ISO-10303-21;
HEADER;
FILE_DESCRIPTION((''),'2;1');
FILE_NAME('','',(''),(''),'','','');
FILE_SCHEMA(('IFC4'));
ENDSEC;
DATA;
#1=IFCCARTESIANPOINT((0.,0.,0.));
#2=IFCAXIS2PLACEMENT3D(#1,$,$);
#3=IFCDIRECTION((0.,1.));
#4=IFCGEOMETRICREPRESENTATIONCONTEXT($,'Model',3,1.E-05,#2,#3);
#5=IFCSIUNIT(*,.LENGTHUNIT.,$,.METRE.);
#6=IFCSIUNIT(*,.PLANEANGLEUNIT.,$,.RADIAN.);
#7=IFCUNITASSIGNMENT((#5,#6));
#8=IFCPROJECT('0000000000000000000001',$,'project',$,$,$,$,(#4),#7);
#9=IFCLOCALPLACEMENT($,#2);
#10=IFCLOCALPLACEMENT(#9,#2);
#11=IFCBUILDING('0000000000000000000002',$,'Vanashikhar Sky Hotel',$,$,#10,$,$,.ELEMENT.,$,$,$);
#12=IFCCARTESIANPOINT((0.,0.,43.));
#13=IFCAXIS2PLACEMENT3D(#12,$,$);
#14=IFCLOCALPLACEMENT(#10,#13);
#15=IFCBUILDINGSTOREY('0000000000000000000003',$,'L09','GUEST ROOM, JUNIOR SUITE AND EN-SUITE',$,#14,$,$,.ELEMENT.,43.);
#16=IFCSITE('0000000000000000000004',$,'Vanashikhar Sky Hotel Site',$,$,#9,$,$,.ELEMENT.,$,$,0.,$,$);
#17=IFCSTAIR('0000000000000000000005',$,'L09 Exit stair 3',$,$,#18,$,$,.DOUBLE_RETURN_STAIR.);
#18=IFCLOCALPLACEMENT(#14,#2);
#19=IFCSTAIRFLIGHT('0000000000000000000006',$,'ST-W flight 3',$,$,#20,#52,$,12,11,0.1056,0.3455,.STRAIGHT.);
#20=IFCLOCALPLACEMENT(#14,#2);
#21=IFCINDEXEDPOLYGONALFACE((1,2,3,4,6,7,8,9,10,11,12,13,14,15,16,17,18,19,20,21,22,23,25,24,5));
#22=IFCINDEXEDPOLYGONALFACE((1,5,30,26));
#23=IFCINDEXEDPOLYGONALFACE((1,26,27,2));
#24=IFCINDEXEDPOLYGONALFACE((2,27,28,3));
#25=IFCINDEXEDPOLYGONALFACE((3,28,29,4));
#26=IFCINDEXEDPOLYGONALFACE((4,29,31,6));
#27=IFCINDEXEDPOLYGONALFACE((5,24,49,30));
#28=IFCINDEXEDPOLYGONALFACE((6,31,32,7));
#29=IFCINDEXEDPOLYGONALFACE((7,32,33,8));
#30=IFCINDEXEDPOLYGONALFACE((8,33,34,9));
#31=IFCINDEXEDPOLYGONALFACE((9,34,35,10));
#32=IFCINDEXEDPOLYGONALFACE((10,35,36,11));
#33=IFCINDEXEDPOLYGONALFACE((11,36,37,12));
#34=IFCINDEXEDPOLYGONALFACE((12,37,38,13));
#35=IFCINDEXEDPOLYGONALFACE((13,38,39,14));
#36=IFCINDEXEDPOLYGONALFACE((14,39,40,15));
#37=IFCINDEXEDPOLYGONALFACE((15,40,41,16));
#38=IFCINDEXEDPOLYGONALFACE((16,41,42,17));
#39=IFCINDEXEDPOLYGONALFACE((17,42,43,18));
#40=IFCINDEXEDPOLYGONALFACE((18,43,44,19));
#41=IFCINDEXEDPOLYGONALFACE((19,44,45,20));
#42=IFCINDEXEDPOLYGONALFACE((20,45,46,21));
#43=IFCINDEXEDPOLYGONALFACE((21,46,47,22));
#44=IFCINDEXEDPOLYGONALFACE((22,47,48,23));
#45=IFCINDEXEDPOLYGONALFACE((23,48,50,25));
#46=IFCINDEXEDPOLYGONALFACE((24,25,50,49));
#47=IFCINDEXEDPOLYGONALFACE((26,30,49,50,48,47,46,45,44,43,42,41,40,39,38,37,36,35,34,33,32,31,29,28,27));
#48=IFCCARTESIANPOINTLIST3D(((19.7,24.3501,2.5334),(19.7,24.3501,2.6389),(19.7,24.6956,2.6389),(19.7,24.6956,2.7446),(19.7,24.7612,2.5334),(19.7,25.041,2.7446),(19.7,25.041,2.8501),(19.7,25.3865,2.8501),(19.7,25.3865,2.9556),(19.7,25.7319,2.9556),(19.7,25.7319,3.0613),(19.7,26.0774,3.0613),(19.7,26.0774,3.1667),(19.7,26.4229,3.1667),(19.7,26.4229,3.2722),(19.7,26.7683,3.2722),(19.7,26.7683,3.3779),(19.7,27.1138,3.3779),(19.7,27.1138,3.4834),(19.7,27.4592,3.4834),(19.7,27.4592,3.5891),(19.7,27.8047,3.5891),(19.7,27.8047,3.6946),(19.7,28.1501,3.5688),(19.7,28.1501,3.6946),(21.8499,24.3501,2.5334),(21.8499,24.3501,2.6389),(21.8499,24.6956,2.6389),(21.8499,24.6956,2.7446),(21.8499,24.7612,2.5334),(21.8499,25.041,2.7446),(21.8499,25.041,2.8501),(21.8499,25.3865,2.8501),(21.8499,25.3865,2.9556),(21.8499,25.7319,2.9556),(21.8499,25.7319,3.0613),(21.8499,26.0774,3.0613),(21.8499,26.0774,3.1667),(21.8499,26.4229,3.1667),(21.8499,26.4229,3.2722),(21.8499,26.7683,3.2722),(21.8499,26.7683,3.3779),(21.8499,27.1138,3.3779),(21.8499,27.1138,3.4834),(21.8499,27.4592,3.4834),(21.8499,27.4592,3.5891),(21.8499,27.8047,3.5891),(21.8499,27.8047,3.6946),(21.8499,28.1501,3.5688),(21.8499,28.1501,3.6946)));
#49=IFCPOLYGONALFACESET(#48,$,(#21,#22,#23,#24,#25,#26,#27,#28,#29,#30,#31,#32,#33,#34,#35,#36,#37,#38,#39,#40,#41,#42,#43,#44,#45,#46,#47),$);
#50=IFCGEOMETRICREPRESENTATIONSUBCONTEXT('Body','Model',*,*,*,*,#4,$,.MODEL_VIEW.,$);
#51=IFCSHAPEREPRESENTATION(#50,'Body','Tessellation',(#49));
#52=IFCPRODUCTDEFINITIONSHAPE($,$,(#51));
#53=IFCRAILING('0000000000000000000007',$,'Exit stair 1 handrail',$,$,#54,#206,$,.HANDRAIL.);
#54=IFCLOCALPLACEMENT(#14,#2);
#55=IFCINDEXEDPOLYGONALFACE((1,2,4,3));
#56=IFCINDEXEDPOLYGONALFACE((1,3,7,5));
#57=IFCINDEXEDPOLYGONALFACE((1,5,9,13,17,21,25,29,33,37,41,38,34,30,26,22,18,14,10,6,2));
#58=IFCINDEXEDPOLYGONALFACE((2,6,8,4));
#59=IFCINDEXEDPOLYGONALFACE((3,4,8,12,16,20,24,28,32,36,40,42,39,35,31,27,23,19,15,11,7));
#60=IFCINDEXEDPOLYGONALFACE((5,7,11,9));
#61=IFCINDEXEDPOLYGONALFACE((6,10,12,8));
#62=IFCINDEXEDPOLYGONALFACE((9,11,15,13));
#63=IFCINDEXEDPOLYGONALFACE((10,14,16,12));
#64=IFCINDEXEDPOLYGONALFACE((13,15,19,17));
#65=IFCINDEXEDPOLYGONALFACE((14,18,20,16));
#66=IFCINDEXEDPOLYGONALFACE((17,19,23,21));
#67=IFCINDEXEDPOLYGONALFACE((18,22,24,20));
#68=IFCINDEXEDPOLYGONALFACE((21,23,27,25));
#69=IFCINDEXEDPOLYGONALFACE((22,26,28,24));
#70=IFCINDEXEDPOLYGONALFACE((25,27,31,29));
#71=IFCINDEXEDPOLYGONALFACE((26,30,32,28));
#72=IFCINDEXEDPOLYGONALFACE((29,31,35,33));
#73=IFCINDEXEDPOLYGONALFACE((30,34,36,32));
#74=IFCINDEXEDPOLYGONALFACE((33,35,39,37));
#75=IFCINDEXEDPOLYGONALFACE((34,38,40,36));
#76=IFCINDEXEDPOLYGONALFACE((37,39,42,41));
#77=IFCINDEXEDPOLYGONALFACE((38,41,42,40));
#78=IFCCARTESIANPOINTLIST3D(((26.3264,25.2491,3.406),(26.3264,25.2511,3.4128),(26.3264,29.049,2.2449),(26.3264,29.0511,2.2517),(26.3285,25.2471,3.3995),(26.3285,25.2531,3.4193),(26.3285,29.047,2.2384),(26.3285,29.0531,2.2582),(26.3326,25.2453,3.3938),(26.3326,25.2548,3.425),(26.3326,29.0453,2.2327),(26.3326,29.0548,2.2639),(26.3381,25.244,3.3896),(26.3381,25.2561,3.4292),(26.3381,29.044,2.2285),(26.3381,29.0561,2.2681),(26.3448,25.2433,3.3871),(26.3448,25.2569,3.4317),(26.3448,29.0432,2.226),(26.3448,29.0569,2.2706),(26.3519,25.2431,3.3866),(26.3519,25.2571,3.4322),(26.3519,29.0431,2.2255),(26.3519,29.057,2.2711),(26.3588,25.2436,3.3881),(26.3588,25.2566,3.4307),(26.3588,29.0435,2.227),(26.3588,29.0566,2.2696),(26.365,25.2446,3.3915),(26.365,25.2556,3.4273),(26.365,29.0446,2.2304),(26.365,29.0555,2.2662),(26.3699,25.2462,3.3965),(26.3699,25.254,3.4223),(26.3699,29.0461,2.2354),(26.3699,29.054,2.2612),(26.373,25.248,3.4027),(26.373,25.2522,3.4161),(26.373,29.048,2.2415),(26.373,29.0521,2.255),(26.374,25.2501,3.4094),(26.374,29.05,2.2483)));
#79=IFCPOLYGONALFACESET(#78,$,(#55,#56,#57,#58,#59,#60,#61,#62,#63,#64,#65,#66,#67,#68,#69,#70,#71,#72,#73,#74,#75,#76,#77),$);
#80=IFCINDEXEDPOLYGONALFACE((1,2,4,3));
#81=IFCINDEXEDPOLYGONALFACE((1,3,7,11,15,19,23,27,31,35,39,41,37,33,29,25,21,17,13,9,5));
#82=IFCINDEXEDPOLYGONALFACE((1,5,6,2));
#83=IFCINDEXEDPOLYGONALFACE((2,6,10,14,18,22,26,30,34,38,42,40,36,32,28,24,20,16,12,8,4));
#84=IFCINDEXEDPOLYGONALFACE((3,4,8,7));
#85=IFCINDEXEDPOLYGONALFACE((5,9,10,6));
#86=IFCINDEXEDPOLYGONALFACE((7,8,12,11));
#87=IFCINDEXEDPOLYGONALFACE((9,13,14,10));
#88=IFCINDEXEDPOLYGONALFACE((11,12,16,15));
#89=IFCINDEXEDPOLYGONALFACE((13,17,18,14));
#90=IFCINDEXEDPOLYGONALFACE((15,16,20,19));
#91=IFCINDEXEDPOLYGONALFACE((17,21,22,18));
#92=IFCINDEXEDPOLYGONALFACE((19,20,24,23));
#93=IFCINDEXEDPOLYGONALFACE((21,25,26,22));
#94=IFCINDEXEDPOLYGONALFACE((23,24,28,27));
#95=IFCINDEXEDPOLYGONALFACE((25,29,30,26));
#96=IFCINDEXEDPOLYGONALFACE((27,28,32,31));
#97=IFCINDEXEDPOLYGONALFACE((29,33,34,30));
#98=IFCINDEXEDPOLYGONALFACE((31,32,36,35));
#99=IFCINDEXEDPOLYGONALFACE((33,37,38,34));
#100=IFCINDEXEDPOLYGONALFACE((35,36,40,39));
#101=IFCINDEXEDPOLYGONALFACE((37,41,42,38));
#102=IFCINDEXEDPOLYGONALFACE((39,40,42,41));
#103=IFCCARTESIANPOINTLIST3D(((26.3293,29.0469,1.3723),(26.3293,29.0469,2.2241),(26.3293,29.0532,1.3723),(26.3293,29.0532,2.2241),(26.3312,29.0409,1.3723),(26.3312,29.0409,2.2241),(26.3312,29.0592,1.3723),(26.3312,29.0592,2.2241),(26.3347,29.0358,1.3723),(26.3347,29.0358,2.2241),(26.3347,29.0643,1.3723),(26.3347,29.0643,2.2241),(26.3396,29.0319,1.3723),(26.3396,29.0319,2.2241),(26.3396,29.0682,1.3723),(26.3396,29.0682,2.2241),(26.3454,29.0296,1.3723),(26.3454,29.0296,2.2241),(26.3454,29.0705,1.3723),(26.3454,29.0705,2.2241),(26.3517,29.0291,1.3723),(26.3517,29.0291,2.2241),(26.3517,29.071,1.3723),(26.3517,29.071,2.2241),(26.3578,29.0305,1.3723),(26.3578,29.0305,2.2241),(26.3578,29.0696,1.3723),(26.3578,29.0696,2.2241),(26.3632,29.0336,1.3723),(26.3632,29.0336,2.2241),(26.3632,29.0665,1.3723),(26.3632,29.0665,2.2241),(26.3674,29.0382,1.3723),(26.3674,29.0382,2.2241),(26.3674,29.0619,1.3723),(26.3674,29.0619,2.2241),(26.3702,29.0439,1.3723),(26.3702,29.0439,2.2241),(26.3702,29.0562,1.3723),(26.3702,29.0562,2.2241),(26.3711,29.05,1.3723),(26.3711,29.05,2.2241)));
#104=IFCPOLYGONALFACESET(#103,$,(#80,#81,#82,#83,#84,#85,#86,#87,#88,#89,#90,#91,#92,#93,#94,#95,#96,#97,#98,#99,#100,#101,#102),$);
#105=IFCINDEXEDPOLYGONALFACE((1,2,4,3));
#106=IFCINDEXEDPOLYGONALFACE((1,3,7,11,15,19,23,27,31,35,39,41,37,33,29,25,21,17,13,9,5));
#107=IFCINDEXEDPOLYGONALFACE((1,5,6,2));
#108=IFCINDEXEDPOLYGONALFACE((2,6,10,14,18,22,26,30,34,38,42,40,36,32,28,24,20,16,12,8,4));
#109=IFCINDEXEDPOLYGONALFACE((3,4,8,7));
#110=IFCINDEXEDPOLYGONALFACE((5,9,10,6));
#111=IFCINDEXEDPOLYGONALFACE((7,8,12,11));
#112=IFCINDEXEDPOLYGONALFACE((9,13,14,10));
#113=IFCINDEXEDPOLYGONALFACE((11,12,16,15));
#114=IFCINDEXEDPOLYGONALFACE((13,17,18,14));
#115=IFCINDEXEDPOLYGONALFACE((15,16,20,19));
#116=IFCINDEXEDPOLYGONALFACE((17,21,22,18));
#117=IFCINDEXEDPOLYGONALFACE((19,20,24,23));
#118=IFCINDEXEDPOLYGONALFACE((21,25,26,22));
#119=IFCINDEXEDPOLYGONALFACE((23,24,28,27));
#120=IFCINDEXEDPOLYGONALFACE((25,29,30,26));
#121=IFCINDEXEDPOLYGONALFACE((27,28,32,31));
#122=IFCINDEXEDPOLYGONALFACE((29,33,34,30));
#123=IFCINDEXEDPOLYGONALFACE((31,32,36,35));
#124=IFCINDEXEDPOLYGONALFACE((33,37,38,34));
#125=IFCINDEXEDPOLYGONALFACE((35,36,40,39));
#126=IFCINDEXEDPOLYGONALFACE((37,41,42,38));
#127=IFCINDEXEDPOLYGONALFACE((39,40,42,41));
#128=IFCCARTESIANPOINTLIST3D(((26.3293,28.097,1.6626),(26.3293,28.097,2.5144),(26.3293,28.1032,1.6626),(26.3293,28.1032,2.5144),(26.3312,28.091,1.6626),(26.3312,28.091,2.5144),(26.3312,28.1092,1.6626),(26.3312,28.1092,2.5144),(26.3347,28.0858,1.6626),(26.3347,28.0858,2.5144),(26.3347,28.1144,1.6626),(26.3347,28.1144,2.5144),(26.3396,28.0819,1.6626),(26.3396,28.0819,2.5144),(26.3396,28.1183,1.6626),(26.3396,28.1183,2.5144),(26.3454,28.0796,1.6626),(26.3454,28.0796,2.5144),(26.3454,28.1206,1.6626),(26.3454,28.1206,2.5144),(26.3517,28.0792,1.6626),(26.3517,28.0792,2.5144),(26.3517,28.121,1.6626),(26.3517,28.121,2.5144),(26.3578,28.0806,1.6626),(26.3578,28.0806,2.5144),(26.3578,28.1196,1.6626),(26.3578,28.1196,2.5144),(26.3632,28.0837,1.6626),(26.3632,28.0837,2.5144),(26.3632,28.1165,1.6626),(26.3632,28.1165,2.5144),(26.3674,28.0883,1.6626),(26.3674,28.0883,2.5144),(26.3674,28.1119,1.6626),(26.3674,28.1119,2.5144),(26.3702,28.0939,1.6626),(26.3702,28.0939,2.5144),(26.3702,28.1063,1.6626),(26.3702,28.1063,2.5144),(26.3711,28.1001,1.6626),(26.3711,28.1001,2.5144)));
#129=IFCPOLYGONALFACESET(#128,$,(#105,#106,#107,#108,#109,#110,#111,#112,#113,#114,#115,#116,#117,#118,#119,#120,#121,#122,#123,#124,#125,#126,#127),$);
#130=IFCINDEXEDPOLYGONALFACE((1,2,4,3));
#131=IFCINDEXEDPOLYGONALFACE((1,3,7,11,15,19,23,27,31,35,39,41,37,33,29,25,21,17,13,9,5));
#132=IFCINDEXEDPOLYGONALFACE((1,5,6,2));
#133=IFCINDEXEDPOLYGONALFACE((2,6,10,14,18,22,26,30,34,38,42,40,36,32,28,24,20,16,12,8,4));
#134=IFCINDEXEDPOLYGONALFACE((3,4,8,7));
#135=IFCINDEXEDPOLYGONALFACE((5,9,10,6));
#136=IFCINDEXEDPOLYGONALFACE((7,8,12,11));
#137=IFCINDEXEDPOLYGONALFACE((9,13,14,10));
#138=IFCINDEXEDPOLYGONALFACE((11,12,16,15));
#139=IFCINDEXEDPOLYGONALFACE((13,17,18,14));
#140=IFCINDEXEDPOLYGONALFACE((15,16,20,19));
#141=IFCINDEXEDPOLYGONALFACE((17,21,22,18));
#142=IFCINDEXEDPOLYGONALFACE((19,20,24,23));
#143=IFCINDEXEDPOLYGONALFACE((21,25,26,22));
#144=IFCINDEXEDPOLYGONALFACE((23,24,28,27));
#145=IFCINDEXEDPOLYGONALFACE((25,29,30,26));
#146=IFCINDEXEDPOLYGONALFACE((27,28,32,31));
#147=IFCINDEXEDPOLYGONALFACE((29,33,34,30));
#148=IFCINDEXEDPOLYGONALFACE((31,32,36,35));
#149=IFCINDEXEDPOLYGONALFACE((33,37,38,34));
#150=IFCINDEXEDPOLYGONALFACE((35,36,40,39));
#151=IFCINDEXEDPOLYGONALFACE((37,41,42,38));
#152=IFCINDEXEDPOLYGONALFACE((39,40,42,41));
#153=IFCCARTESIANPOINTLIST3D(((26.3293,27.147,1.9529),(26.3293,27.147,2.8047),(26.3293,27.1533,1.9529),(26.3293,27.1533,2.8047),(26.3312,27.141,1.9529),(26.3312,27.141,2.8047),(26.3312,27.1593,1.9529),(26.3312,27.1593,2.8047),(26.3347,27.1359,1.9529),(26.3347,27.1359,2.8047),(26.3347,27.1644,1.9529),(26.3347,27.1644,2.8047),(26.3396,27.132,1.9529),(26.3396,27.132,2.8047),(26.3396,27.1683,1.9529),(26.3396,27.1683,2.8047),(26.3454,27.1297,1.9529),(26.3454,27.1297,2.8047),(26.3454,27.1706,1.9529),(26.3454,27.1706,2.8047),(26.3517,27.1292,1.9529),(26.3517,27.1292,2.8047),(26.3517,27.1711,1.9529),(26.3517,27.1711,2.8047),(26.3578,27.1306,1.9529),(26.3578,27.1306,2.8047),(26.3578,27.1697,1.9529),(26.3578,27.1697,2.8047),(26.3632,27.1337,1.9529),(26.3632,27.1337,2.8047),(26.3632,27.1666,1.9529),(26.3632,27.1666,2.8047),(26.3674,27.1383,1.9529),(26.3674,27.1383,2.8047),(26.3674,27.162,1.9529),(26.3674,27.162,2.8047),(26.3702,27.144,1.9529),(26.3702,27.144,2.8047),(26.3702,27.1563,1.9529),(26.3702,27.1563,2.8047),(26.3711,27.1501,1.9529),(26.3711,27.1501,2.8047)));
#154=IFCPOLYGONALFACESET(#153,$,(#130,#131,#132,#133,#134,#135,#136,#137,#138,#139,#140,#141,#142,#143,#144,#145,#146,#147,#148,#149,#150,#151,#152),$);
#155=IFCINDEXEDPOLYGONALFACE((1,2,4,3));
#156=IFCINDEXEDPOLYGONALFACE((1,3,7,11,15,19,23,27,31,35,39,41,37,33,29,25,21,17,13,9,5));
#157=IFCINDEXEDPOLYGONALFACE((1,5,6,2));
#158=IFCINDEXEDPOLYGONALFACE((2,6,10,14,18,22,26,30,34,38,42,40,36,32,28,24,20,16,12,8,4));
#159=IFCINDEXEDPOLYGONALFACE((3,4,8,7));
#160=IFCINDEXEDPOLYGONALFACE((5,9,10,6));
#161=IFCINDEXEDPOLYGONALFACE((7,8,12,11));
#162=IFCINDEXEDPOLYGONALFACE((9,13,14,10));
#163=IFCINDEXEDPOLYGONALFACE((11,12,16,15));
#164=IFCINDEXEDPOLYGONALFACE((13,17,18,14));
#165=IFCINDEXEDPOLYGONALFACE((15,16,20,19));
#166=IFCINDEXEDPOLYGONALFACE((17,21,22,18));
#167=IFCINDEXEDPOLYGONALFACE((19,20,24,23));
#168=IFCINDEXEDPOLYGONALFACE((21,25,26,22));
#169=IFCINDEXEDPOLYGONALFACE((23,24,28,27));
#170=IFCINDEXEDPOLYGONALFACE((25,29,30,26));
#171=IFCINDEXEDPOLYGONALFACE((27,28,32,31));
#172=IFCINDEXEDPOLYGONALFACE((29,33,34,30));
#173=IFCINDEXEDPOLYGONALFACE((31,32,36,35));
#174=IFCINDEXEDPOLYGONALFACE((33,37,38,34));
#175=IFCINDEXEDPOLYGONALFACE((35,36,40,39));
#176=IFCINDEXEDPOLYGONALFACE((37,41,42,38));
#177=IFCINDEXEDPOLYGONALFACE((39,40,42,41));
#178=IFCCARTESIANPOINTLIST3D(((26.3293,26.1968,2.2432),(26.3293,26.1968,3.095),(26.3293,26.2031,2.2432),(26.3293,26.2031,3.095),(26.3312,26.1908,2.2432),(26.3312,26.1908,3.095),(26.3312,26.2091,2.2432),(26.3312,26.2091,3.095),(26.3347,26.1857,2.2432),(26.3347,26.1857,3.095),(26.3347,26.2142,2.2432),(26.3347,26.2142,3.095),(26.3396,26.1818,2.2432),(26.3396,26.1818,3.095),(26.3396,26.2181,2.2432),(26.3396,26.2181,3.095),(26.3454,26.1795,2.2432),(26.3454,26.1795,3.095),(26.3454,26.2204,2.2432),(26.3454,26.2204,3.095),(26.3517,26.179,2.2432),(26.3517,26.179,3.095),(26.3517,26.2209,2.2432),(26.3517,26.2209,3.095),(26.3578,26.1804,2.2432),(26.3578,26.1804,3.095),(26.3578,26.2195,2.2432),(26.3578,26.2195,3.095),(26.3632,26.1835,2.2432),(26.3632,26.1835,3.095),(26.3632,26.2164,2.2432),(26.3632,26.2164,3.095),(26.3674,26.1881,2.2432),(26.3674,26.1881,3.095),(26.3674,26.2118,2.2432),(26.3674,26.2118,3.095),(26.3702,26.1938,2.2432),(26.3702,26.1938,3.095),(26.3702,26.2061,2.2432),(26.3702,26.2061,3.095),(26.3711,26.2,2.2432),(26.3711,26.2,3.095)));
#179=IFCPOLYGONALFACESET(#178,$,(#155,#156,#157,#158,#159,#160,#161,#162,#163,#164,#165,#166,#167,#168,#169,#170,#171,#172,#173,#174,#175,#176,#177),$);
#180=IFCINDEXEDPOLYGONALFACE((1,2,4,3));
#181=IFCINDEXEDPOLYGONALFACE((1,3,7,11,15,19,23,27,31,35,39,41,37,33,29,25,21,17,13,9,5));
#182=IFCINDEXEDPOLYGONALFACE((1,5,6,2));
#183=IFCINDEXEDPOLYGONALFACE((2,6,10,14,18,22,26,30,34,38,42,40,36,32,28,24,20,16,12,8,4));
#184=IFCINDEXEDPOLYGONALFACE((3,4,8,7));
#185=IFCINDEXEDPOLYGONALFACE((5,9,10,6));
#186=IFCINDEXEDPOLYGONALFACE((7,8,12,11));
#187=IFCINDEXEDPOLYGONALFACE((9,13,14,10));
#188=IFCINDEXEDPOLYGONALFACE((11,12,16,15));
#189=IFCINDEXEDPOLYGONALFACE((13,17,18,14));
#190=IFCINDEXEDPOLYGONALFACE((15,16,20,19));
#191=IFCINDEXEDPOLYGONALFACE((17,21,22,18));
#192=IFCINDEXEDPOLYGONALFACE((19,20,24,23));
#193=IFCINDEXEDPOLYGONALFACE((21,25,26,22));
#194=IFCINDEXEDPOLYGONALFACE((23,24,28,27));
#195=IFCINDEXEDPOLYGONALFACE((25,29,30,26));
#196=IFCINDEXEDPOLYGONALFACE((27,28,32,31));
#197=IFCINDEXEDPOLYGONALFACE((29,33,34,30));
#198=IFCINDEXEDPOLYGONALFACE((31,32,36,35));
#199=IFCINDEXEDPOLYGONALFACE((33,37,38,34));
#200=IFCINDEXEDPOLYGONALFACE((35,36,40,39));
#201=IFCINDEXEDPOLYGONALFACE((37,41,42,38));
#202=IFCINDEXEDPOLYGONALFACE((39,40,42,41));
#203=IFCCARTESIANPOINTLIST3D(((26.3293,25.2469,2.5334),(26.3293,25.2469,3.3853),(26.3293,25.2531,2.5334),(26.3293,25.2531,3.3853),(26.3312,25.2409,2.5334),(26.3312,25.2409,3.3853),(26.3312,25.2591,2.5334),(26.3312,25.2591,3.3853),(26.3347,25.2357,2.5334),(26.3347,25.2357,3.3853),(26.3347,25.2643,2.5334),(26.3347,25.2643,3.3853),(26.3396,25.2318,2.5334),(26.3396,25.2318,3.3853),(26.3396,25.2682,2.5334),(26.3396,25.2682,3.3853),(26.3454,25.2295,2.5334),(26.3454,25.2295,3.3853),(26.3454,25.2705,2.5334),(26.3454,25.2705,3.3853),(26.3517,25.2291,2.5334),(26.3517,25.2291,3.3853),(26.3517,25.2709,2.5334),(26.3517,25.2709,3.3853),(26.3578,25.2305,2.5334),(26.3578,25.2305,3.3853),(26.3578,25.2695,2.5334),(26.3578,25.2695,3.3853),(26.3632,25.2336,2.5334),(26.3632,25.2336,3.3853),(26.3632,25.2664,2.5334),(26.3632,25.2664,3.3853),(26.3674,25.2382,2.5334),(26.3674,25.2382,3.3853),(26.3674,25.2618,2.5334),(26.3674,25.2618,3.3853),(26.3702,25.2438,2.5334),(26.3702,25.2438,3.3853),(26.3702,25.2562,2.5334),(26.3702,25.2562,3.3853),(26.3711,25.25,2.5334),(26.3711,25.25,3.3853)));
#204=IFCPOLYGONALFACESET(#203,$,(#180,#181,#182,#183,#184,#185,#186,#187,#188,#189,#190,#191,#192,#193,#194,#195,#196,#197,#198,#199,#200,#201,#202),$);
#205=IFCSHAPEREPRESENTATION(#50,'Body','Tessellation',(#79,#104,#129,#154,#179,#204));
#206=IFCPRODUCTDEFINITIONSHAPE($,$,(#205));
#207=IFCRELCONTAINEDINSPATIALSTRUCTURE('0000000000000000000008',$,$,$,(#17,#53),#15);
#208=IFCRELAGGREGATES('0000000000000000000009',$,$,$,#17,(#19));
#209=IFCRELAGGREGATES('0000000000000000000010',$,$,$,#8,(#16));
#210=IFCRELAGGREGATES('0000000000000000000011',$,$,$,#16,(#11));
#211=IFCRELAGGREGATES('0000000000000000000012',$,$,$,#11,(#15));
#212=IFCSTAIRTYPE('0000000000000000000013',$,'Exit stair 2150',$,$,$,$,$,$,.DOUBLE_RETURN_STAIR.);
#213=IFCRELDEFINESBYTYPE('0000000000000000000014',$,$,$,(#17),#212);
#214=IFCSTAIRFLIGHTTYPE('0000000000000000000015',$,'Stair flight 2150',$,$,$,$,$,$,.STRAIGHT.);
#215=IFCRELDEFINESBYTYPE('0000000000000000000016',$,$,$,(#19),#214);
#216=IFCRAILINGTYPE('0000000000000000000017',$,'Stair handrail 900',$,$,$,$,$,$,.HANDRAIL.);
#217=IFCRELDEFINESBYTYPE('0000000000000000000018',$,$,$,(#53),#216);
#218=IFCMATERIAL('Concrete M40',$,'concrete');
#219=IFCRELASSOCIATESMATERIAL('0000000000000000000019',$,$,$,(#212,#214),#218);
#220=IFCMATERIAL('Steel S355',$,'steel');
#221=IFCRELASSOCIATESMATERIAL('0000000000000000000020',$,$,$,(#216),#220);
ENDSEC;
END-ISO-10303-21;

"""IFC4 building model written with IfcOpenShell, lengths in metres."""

from ifc_helpers import new_model, si_unit, direction, frame, origin, origin_2d, place, context, subcontext, project, spatial, polyline, circle, outline, extrude, source, transform, mapped, material, type_object, element, aggregate, save


model = new_model("IFC4")

# Units and contexts
model_context = context("Model", 3, precision=1e-05, world=origin(), true_north=direction((0.0, 1.0)))
body_context = subcontext(model_context, "Body", "Model", "MODEL_VIEW")
ifc_project = project(units=[si_unit("LENGTHUNIT", "METRE"), si_unit("PLANEANGLEUNIT", "RADIAN")], contexts=[model_context])

# Site, building, storey
site_placement = place(None, origin())
site = spatial("IfcSite", under=ifc_project, at=site_placement, Name="Vanashikhar Sky Hotel Site", CompositionType="ELEMENT", RefElevation=0.0)
building_placement = place(site_placement, origin())
building = spatial("IfcBuilding", under=site, at=building_placement, Name="Vanashikhar Sky Hotel", CompositionType="ELEMENT")
storey_placement = place(building_placement, frame((0.0, 0.0, 43.0)))
storey = spatial("IfcBuildingStorey", under=building, at=storey_placement, Name="L09", Description="GUEST ROOM, JUNIOR SUITE AND EN-SUITE", CompositionType="ELEMENT", Elevation=43.0)

# Shared definitions
ifc_material_1 = material(Name="Concrete M40", Category="concrete")
stair_type = type_object("IfcStairType", Name="Exit stair 2150", PredefinedType="DOUBLE_RETURN_STAIR", material=ifc_material_1)
stair_flight_type = type_object("IfcStairFlightType", Name="Stair flight 2150", PredefinedType="STRAIGHT", material=ifc_material_1)
shared_shape_1 = source(origin(), body_context, "Body", "SweptSolid", [
    extrude(outline(polyline([(0.0, 0.0), (0.0, 0.1055), (0.3455, 0.1055), (0.3455, 0.2112), (0.6909, 0.2112), (0.6909, 0.3167), (1.0364, 0.3167), (1.0364, 0.4221), (1.3818, 0.4221), (1.3818, 0.5278), (1.7273, 0.5278), (1.7273, 0.6333), (2.0728, 0.6333), (2.0728, 0.7388), (2.4182, 0.7388), (2.4182, 0.8445), (2.7637, 0.8445), (2.7637, 0.95), (3.1091, 0.95), (3.1091, 1.0557), (3.4546, 1.0557), (3.4546, 1.1611), (3.8, 1.1611), (3.8, 1.2666), (3.8, 1.0354), (0.4111, 0.0), (0.0, 0.0)])), frame((0.0, 1.075, 0.0), z_axis=(0.0, -1.0, 0.0), x_axis=(1.0, 0.0, 0.0)), (0.0, 0.0, 1.0), 2.1499),
])

# Stair, stair flight
stair_1_placement = place(storey_placement, origin())
stair_1 = element("IfcStair", 1, at=stair_1_placement, inside=storey, type_object=stair_type, Name="L09 Exit stair 3", PredefinedType="DOUBLE_RETURN_STAIR")
stair_flight_1_placement = place(storey_placement, frame((20.7749, 24.3501, 2.5334), z_axis=(0.0, 0.0, 1.0), x_axis=(0.0, 1.0, 0.0)))
stair_flight_1 = element("IfcStairFlight", 2, at=stair_flight_1_placement, type_object=stair_flight_type, Name="ST-W flight 3", NumberOfRisers=12, NumberOfTreads=11, PredefinedType="STRAIGHT", RiserHeight=0.1056, TreadLength=0.3455, context=body_context, shape_type="MappedRepresentation", body=[
    mapped(shared_shape_1, transform((0.0, 0.0, 0.0), scale=1.0)),
])
aggregate(stair_1, [stair_flight_1])

# Railing
ifc_material_2 = material(Name="Steel S355", Category="steel")
railing_type_1 = type_object("IfcRailingType", Name="Stair handrail 900", PredefinedType="HANDRAIL", material=ifc_material_2)
shared_shape_2 = source(origin(), body_context, "Body", "SweptSolid", [
    extrude(circle(Radius=0.0239, at=origin_2d()), frame((0.0, 0.0, 0.876), z_axis=(0.0, -0.956351, 0.29222), x_axis=(1.0, 0.0, 0.0)), (0.0, 0.0, 1.0), 3.9734),
    extrude(circle(Radius=0.021, at=origin_2d()), origin(), (0.0, 0.0, 1.0), 0.8518),
    extrude(circle(Radius=0.021, at=origin_2d()), frame((0.0, -0.95, 0.2903)), (0.0, 0.0, 1.0), 0.8518),
    extrude(circle(Radius=0.021, at=origin_2d()), frame((0.0, -1.8999, 0.5806)), (0.0, 0.0, 1.0), 0.8518),
    extrude(circle(Radius=0.021, at=origin_2d()), frame((0.0, -2.8501, 0.8708)), (0.0, 0.0, 1.0), 0.8518),
    extrude(circle(Radius=0.021, at=origin_2d()), frame((0.0, -3.8, 1.1611)), (0.0, 0.0, 1.0), 0.8518),
])
railing_1_placement = place(storey_placement, frame((26.3501, 29.05, 1.3723)))
element("IfcRailing", 3, at=railing_1_placement, inside=storey, type_object=railing_type_1, Name="Exit stair 1 handrail", PredefinedType="HANDRAIL", context=body_context, shape_type="MappedRepresentation", body=[
    mapped(shared_shape_2, transform((0.0, 0.0, 0.0), scale=1.0)),
])

save(model, "model.ifc")
